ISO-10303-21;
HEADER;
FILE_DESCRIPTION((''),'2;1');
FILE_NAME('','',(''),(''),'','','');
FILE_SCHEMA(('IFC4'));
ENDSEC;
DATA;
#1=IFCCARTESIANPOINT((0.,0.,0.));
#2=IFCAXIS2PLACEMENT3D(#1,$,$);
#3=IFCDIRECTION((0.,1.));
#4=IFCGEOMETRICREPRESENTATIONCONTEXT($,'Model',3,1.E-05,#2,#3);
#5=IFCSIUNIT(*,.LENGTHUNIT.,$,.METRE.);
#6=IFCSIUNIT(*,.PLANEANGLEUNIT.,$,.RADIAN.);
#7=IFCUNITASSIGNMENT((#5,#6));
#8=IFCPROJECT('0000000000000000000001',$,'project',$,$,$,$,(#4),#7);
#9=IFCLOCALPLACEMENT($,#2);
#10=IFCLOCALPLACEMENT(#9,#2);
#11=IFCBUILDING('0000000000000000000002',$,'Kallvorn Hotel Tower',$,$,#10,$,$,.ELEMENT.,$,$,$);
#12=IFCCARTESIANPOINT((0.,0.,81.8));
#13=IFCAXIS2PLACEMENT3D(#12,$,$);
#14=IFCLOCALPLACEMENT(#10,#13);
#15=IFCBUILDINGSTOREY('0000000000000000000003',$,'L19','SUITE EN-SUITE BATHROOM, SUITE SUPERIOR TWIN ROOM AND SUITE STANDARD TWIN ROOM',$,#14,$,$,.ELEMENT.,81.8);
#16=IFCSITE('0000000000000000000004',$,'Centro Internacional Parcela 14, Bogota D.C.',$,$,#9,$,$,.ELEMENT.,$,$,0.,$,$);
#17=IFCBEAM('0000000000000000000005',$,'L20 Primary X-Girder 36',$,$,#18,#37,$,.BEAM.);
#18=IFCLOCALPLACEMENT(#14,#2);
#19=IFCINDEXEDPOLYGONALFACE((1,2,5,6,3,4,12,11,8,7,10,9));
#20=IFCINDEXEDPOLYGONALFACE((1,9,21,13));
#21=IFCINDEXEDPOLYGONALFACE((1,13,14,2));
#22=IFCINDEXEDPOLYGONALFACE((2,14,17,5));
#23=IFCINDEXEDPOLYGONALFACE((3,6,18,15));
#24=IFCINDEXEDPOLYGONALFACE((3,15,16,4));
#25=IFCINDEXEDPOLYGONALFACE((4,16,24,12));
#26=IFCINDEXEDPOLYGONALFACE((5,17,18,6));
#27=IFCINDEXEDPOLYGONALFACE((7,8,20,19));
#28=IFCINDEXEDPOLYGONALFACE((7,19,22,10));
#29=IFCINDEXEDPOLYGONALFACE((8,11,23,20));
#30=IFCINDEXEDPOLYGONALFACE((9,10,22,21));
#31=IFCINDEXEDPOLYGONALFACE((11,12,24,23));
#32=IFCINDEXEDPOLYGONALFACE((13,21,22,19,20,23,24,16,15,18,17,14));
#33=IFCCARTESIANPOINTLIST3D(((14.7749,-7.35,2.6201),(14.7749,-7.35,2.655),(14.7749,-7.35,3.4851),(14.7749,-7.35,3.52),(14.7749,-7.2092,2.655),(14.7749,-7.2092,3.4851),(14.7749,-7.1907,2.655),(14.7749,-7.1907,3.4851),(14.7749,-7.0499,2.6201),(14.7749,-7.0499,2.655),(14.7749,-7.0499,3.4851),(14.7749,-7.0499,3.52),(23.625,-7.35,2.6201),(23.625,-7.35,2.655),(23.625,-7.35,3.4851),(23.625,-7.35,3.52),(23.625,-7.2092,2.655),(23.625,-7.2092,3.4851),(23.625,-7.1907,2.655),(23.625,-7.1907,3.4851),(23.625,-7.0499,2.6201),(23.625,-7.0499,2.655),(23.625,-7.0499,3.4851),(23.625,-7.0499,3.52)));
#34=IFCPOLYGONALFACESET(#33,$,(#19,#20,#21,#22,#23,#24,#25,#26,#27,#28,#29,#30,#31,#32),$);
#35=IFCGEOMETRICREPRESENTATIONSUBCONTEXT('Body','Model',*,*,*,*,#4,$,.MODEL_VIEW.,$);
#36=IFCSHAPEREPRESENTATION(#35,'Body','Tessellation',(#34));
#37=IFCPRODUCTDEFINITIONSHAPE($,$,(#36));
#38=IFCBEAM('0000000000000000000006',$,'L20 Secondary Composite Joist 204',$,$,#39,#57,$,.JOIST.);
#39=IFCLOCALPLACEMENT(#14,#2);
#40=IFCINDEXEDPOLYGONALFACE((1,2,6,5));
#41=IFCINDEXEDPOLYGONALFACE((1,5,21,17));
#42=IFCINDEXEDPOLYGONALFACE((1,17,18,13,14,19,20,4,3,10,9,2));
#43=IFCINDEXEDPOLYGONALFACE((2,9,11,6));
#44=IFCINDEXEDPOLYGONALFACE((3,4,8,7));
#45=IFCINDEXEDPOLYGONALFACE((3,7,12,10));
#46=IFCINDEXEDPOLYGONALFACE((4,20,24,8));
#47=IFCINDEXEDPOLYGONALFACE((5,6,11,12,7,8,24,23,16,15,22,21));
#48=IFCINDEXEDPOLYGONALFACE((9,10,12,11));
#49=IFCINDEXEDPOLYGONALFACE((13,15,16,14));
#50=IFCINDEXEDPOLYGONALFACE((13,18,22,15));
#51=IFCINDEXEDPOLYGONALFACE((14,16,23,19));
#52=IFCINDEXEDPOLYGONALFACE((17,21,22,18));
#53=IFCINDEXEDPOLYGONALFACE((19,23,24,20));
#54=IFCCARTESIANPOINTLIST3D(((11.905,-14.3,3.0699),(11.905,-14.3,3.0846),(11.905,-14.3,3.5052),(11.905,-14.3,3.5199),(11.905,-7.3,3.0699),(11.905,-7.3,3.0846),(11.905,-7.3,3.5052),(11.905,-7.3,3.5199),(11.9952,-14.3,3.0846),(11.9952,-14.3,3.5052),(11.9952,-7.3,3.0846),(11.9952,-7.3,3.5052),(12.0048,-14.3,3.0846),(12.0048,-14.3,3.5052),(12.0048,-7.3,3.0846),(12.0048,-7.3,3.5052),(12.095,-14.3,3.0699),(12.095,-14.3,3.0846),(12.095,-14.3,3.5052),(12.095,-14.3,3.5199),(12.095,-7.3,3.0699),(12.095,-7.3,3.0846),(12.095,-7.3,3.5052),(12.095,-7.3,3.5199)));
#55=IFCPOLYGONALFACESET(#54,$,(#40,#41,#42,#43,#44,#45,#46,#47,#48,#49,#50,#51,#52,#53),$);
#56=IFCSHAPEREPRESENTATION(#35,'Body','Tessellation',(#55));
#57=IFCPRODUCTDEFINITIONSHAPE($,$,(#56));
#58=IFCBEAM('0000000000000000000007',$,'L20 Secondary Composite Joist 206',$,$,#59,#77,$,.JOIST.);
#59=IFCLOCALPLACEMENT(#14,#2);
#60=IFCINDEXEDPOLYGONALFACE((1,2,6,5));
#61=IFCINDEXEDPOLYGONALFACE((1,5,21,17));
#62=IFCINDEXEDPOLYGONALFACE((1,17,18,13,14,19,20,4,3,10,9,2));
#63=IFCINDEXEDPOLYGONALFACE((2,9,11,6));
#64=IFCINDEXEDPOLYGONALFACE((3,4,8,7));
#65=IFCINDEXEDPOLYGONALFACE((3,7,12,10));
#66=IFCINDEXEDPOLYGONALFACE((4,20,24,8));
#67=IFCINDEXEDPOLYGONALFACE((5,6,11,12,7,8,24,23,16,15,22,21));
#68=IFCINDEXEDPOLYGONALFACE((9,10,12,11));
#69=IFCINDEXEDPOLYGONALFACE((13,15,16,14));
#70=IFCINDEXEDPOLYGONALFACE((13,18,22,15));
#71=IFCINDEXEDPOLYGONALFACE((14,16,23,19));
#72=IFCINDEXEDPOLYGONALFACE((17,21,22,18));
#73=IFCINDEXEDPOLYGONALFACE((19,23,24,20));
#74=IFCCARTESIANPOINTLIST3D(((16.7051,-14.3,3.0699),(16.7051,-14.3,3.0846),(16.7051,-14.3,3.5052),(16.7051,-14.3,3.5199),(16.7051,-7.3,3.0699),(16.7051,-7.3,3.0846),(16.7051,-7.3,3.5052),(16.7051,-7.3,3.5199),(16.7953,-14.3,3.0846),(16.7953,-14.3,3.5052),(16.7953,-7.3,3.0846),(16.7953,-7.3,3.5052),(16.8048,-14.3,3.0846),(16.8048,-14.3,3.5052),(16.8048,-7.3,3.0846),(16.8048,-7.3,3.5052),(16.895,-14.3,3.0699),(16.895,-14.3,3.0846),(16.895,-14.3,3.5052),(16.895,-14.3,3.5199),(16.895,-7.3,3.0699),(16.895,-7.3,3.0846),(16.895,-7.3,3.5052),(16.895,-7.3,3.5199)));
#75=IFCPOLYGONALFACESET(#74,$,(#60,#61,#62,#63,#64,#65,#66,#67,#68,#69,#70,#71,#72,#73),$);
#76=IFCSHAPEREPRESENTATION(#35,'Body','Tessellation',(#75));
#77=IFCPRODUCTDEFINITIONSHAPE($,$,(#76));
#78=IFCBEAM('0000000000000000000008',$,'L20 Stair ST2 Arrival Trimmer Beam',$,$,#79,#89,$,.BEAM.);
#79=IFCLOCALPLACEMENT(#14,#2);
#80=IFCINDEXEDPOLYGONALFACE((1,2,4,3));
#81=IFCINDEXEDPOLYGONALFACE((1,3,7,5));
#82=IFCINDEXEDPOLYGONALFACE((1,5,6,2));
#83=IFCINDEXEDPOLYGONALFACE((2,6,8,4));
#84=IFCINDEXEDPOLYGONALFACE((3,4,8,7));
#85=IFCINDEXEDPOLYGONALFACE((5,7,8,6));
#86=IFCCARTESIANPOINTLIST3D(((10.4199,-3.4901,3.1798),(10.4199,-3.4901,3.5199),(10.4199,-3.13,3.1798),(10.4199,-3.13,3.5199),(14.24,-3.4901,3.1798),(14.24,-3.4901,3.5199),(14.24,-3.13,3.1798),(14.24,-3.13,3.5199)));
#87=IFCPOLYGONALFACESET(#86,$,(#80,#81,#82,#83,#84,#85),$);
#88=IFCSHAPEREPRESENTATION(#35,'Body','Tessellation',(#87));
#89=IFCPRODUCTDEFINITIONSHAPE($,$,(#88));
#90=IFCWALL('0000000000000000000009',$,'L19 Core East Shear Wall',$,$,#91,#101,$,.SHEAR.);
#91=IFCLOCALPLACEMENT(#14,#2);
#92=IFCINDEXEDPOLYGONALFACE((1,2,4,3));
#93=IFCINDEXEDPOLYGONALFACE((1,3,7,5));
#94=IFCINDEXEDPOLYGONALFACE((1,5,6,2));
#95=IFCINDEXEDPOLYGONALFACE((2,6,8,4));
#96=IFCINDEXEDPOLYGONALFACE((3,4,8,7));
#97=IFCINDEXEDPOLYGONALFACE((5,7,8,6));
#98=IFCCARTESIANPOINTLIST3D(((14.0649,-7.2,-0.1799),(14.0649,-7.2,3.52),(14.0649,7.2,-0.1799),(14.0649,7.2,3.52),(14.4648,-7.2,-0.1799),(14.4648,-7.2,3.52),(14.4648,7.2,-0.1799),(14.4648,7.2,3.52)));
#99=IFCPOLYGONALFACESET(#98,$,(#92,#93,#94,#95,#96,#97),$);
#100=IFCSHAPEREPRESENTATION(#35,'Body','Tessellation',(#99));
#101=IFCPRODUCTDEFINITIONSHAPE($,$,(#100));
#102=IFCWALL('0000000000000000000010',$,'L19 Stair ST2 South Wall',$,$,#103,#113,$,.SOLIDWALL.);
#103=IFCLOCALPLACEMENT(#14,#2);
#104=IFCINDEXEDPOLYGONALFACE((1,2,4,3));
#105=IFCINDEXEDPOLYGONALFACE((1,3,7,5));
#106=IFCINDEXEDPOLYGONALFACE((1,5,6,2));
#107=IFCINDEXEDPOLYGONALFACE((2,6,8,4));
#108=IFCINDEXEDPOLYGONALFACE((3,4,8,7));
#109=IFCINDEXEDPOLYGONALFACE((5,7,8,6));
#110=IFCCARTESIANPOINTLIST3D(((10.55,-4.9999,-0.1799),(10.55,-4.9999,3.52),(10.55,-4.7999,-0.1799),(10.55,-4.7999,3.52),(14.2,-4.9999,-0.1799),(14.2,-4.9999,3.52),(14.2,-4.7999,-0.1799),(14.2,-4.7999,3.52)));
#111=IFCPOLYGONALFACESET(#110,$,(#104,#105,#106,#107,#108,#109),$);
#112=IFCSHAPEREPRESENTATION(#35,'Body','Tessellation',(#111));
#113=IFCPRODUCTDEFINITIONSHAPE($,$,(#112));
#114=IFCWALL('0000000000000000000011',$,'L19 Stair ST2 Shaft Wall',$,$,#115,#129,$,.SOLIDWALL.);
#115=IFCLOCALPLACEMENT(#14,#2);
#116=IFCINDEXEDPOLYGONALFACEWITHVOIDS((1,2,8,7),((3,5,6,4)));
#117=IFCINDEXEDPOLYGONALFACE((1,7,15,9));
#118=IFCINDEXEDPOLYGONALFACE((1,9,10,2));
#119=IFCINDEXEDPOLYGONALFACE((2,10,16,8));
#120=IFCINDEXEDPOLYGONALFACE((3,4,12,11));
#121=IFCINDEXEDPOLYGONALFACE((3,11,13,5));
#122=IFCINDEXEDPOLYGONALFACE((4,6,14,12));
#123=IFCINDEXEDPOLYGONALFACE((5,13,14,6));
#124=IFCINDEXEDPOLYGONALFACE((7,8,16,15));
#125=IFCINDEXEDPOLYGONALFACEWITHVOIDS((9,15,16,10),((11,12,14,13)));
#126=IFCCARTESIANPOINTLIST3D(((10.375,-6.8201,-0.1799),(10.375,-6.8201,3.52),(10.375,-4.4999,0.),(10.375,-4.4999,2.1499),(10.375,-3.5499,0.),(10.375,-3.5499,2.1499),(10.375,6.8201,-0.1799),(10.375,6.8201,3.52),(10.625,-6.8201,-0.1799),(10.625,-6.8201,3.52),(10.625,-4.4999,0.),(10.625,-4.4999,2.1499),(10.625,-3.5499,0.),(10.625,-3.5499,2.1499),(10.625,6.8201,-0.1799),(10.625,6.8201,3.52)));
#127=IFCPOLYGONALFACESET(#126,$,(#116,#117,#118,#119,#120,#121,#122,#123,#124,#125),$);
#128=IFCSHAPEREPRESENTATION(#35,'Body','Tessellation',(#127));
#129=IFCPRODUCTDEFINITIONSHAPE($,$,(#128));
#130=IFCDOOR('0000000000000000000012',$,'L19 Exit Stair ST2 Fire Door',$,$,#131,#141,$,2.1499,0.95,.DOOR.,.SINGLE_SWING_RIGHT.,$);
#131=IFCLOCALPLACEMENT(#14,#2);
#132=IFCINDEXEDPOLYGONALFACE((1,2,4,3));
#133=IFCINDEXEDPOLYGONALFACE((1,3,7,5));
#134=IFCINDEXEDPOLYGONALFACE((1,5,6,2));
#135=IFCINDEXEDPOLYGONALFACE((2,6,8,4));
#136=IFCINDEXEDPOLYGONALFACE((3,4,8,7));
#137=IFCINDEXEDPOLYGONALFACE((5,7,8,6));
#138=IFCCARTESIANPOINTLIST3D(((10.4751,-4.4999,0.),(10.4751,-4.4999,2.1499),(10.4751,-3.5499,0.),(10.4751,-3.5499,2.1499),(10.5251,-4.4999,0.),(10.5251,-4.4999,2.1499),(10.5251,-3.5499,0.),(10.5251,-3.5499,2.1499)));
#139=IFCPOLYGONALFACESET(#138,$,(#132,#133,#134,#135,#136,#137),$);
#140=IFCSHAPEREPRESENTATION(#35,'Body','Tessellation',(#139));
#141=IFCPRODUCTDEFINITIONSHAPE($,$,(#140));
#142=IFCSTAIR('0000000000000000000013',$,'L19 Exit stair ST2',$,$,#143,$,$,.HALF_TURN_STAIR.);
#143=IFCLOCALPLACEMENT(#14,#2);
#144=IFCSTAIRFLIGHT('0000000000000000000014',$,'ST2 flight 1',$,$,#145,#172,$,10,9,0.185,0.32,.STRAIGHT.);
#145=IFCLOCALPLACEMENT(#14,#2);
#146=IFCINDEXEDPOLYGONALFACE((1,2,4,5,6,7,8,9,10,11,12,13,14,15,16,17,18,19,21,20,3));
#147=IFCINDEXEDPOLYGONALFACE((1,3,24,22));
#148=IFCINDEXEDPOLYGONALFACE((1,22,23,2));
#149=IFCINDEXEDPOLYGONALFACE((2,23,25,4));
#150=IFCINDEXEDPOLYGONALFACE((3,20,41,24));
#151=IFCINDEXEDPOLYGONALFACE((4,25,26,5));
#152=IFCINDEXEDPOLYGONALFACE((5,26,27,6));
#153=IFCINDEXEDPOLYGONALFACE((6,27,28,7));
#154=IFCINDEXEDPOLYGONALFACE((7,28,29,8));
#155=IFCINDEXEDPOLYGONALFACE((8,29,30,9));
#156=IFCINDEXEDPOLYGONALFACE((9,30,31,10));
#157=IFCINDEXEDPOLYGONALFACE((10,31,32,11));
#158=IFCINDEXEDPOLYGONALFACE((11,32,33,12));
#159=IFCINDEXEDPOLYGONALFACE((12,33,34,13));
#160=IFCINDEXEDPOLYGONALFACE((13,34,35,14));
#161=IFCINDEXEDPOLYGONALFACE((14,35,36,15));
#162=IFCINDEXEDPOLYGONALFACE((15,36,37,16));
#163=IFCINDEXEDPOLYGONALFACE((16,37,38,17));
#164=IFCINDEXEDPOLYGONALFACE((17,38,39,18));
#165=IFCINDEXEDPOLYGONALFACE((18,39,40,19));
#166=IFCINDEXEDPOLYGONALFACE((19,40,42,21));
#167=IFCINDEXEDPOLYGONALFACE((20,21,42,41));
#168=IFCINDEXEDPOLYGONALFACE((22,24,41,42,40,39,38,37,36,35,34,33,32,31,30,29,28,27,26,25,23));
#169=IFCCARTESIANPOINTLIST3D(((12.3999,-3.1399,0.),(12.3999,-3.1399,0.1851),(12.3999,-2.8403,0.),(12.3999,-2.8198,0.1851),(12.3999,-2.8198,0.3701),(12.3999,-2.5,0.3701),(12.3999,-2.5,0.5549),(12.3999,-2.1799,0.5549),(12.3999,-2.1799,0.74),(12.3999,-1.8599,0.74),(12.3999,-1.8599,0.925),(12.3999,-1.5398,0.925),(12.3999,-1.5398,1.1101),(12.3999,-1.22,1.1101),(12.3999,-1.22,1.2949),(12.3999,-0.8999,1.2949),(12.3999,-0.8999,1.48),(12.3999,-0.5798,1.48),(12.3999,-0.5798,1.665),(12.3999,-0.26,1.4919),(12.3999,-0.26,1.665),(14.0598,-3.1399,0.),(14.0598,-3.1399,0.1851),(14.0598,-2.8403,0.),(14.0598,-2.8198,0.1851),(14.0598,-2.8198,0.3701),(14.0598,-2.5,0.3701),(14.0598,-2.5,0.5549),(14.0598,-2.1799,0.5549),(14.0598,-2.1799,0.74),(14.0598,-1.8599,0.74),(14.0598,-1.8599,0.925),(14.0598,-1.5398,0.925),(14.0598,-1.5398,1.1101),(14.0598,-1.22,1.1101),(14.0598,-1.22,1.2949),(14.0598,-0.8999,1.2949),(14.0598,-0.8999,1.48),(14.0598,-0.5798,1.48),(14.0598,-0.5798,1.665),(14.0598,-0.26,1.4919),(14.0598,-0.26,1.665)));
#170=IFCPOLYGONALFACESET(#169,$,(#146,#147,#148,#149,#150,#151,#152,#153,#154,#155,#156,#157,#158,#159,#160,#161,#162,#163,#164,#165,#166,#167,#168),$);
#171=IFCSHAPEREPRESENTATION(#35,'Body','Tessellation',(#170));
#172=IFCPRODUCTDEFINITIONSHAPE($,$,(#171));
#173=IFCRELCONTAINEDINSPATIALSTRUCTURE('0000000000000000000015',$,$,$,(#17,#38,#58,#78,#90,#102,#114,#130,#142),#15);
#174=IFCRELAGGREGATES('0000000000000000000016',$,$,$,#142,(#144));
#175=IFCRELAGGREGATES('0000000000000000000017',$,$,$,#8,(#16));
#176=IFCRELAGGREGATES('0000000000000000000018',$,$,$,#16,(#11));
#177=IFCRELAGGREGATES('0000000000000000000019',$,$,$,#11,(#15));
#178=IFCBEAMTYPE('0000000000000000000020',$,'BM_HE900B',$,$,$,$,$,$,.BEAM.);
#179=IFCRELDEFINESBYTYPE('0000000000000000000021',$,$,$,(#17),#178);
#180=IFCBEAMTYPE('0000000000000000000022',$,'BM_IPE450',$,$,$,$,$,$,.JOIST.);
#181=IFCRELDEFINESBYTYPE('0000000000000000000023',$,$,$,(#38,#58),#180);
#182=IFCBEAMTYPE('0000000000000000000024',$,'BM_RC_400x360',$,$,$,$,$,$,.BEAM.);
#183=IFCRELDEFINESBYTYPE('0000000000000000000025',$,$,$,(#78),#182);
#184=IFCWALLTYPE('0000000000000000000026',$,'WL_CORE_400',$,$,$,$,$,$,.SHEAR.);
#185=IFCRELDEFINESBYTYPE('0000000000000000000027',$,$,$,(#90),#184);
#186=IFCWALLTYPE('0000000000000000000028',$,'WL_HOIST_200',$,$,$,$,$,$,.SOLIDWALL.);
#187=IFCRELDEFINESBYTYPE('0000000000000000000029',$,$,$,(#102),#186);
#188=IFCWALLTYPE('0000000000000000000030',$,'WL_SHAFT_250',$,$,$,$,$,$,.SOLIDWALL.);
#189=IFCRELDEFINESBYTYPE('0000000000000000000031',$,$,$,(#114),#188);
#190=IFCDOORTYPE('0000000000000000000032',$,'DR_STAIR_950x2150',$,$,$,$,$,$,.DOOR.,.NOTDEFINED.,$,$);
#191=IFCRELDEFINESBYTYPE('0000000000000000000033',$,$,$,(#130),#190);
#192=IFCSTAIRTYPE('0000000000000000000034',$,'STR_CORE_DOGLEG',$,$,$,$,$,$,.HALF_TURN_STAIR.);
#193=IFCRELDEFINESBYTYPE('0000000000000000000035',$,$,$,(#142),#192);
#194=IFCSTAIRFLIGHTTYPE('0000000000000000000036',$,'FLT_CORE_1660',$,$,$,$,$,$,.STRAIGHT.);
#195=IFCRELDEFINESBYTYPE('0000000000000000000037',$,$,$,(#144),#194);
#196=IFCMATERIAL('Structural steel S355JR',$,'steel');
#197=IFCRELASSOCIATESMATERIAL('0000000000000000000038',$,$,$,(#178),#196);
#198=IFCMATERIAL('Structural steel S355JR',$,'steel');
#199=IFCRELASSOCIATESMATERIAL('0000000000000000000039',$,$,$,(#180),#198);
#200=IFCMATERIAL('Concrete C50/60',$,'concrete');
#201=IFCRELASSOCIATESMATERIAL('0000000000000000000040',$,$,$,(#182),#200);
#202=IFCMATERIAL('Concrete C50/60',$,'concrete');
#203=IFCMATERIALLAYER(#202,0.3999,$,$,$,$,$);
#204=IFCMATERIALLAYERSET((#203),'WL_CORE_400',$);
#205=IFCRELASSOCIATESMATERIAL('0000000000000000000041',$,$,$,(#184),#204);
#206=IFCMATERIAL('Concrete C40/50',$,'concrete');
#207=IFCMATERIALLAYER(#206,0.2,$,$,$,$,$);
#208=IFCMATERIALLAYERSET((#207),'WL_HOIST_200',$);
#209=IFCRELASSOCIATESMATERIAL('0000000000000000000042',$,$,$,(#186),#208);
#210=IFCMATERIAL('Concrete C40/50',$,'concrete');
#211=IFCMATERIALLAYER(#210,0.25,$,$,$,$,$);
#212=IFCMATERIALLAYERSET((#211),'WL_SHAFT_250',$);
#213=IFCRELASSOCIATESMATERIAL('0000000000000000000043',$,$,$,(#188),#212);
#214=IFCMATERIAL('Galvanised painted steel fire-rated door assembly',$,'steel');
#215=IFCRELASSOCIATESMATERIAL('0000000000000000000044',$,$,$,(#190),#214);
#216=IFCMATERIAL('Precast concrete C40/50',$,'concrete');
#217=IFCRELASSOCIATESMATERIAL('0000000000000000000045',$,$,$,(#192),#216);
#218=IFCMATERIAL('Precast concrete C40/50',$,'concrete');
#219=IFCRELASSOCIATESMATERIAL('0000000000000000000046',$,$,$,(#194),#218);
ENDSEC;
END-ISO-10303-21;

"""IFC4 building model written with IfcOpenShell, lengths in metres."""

from ifc_helpers import new_model, si_unit, direction, frame, frame_2d, origin, origin_2d, place, context, subcontext, project, spatial, polyline, rectangle, i_section, outline, extrude, material, layer, layer_set, material_profile, profile_set, type_object, element, fill, aggregate, save


model = new_model("IFC4")

# Units and contexts
model_context = context("Model", 3, precision=1e-05, world=origin(), true_north=direction((0.0, 1.0)))
body_context = subcontext(model_context, "Body", "Model", "MODEL_VIEW")
ifc_project = project(units=[si_unit("LENGTHUNIT", "METRE"), si_unit("PLANEANGLEUNIT", "RADIAN")], contexts=[model_context])

# Site, building, storey
site_placement = place(None, origin())
site = spatial("IfcSite", under=ifc_project, at=site_placement, Name="Centro Internacional Parcela 14, Bogota D.C.", CompositionType="ELEMENT", RefElevation=0.0)
building_placement = place(site_placement, origin())
building = spatial("IfcBuilding", under=site, at=building_placement, Name="Kallvorn Hotel Tower", CompositionType="ELEMENT")
storey_placement = place(building_placement, frame((0.0, 0.0, 81.8)))
storey = spatial("IfcBuildingStorey", under=building, at=storey_placement, Name="L19", Description="SUITE EN-SUITE BATHROOM, SUITE SUPERIOR TWIN ROOM AND SUITE STANDARD TWIN ROOM", CompositionType="ELEMENT", Elevation=81.8)

# Beams
ifc_material_1 = material(Name="Structural steel S355JR", Category="steel")
ifc_material_profile_1 = material_profile(ifc_material_1, i_section(OverallWidth=0.3, OverallDepth=0.8999, WebThickness=0.0186, FlangeThickness=0.0349, at=origin_2d()), Name="HE 900 B")
ifc_profile_set_1 = profile_set([ifc_material_profile_1], Name="Structural steel S355JR")
beam_type_1 = type_object("IfcBeamType", Name="BM_HE900B", PredefinedType="BEAM", material=ifc_profile_set_1)
beam_1_placement = place(storey_placement, frame((14.7749, -7.2, 3.0701), z_axis=(1.0, 0.0, 0.0), x_axis=(0.0, 1.0, 0.0)))
element("IfcBeam", 1, at=beam_1_placement, inside=storey, type_object=beam_type_1, Name="L20 Primary X-Girder 36", PredefinedType="BEAM", context=body_context, shape_type="SweptSolid", body=[
    extrude(i_section(OverallWidth=0.3, OverallDepth=0.8999, WebThickness=0.0186, FlangeThickness=0.0349, at=origin_2d()), origin(), (0.0, 0.0, 1.0), 8.8501),
])
ifc_material_2 = material(Name="Structural steel S355JR", Category="steel")
ifc_material_profile_2 = material_profile(ifc_material_2, i_section(OverallWidth=0.1899, OverallDepth=0.45, WebThickness=0.0095, FlangeThickness=0.0146, at=origin_2d()), Name="IPE 450")
ifc_profile_set_2 = profile_set([ifc_material_profile_2], Name="Structural steel S355JR")
beam_type_2 = type_object("IfcBeamType", Name="BM_IPE450", PredefinedType="JOIST", material=ifc_profile_set_2)
for number, where, z_axis, x_axis, name in (
    (2, (12.0, -14.3, 3.2949), (0.0, 1.0, 0.0), (-1.0, 0.0, 0.0), "L20 Secondary Composite Joist 204"),
    (3, (16.8, -14.3, 3.2949), (0.0, 1.0, 0.0), (-1.0, 0.0, 0.0), "L20 Secondary Composite Joist 206"),
):
    element("IfcBeam", number, at=place(storey_placement, frame(where, z_axis=z_axis, x_axis=x_axis)), inside=storey, type_object=beam_type_2, Name=name, PredefinedType="JOIST", context=body_context, shape_type="SweptSolid", body=[
        extrude(i_section(OverallWidth=0.1899, OverallDepth=0.45, WebThickness=0.0095, FlangeThickness=0.0146, at=origin_2d()), origin(), (0.0, 0.0, 1.0), 7.0),
    ])
ifc_material_3 = material(Name="Concrete C50/60", Category="concrete")
ifc_material_profile_3 = material_profile(ifc_material_3, rectangle(XDim=0.3601, YDim=0.3401, at=origin_2d()), Name="RC 360x340")
ifc_profile_set_3 = profile_set([ifc_material_profile_3], Name="Concrete C50/60")
beam_type_3 = type_object("IfcBeamType", Name="BM_RC_400x360", PredefinedType="BEAM", material=ifc_profile_set_3)
beam_2_placement = place(storey_placement, frame((14.24, -3.3101, 3.3499), z_axis=(-1.0, 0.0, 0.0), x_axis=(0.0, -1.0, 0.0)))
element("IfcBeam", 4, at=beam_2_placement, inside=storey, type_object=beam_type_3, Name="L20 Stair ST2 Arrival Trimmer Beam", PredefinedType="BEAM", context=body_context, shape_type="SweptSolid", body=[
    extrude(rectangle(XDim=0.3601, YDim=0.3401, at=origin_2d()), origin(), (0.0, 0.0, 1.0), 3.8201),
])

# Walls
ifc_material_4 = material(Name="Concrete C50/60", Category="concrete")
ifc_layer_1 = layer(ifc_material_4, 0.3999)
ifc_layer_set_1 = layer_set([ifc_layer_1], Name="WL_CORE_400")
wall_type_1 = type_object("IfcWallType", Name="WL_CORE_400", PredefinedType="SHEAR", material=ifc_layer_set_1)
wall_1_placement = place(storey_placement, frame((14.2649, -7.2, -0.1799), z_axis=(0.0, 0.0, 1.0), x_axis=(0.0, 1.0, 0.0)))
element("IfcWall", 5, at=wall_1_placement, inside=storey, type_object=wall_type_1, Name="L19 Core East Shear Wall", PredefinedType="SHEAR", context=body_context, shape_type="SweptSolid", body=[
    extrude(rectangle(XDim=14.3999, YDim=0.3999, at=frame_2d((7.2, 0.0))), origin(), (0.0, 0.0, 1.0), 3.7),
])
ifc_material_5 = material(Name="Concrete C40/50", Category="concrete")
ifc_layer_2 = layer(ifc_material_5, 0.2)
ifc_layer_set_2 = layer_set([ifc_layer_2], Name="WL_HOIST_200")
wall_type_2 = type_object("IfcWallType", Name="WL_HOIST_200", PredefinedType="SOLIDWALL", material=ifc_layer_set_2)
wall_2_placement = place(storey_placement, frame((10.55, -4.8999, -0.1799), z_axis=(0.0, 0.0, 1.0), x_axis=(1.0, 0.0, 0.0)))
element("IfcWall", 6, at=wall_2_placement, inside=storey, type_object=wall_type_2, Name="L19 Stair ST2 South Wall", PredefinedType="SOLIDWALL", context=body_context, shape_type="SweptSolid", body=[
    extrude(rectangle(XDim=3.6499, YDim=0.2, at=frame_2d((1.825, 0.0))), origin(), (0.0, 0.0, 1.0), 3.7),
])

# Wall, opening, door
ifc_material_6 = material(Name="Concrete C40/50", Category="concrete")
ifc_layer_3 = layer(ifc_material_6, 0.25)
ifc_layer_set_3 = layer_set([ifc_layer_3], Name="WL_SHAFT_250")
wall_type_3 = type_object("IfcWallType", Name="WL_SHAFT_250", PredefinedType="SOLIDWALL", material=ifc_layer_set_3)
wall_3_placement = place(storey_placement, frame((10.5, -6.8201, -0.1799), z_axis=(0.0, 0.0, 1.0), x_axis=(0.0, 1.0, 0.0)))
wall_3 = element("IfcWall", 7, at=wall_3_placement, inside=storey, type_object=wall_type_3, Name="L19 Stair ST2 Shaft Wall", PredefinedType="SOLIDWALL", context=body_context, shape_type="SweptSolid", body=[
    extrude(rectangle(XDim=13.6401, YDim=0.25, at=frame_2d((6.8201, 0.0))), origin(), (0.0, 0.0, 1.0), 3.7),
])
opening_placement = place(wall_3_placement, frame((2.3201, 0.0, 0.1799)))
opening = element("IfcOpeningElement", 8, at=opening_placement, cuts=wall_3, PredefinedType="OPENING", context=body_context, shape_type="SweptSolid", body=[
    extrude(rectangle(XDim=0.95, YDim=2.1499, at=frame_2d((0.4751, 1.075))), frame((0.0, 0.1399, 0.0), z_axis=(0.0, -1.0, 0.0), x_axis=(1.0, 0.0, 0.0)), (0.0, 0.0, 1.0), 0.28),
])
ifc_material_7 = material(Name="Galvanised painted steel fire-rated door assembly", Category="steel")
door_type = type_object("IfcDoorType", Name="DR_STAIR_950x2150", OperationType="NOTDEFINED", PredefinedType="DOOR", material=ifc_material_7)
door_placement = place(opening_placement, origin())
door = element("IfcDoor", 9, at=door_placement, inside=storey, type_object=door_type, Name="L19 Exit Stair ST2 Fire Door", OperationType="SINGLE_SWING_RIGHT", OverallHeight=2.1499, OverallWidth=0.95, PredefinedType="DOOR", context=body_context, shape_type="SweptSolid", body=[
    extrude(rectangle(XDim=0.95, YDim=2.1499, at=frame_2d((0.4751, 1.075))), frame((0.0, 0.0249, 0.0), z_axis=(0.0, -1.0, 0.0), x_axis=(1.0, 0.0, 0.0)), (0.0, 0.0, 1.0), 0.05),
])
fill(opening, door)

# Stair, stair flight
ifc_material_8 = material(Name="Precast concrete C40/50", Category="concrete")
stair_type = type_object("IfcStairType", Name="STR_CORE_DOGLEG", PredefinedType="HALF_TURN_STAIR", material=ifc_material_8)
stair_placement = place(storey_placement, origin())
stair = element("IfcStair", 10, at=stair_placement, inside=storey, type_object=stair_type, Name="L19 Exit stair ST2", PredefinedType="HALF_TURN_STAIR")
ifc_material_9 = material(Name="Precast concrete C40/50", Category="concrete")
stair_flight_type = type_object("IfcStairFlightType", Name="FLT_CORE_1660", PredefinedType="STRAIGHT", material=ifc_material_9)
stair_flight_placement = place(storey_placement, frame((13.23, -3.1399, 0.0), z_axis=(0.0, 0.0, 1.0), x_axis=(0.0, 1.0, 0.0)))
stair_flight = element("IfcStairFlight", 11, at=stair_flight_placement, type_object=stair_flight_type, Name="ST2 flight 1", NumberOfRisers=10, NumberOfTreads=9, PredefinedType="STRAIGHT", RiserHeight=0.185, TreadLength=0.32, context=body_context, shape_type="SweptSolid", body=[
    extrude(outline(polyline([(0.0, 0.0), (0.0, 0.1851), (0.3201, 0.1851), (0.3201, 0.3701), (0.6399, 0.3701), (0.6399, 0.5549), (0.96, 0.5549), (0.96, 0.74), (1.28, 0.74), (1.28, 0.925), (1.6001, 0.925), (1.6001, 1.1101), (1.9199, 1.1101), (1.9199, 1.2949), (2.24, 1.2949), (2.24, 1.48), (2.5601, 1.48), (2.5601, 1.665), (2.8799, 1.665), (2.8799, 1.8501), (2.8799, 1.4919), (0.2996, 0.0), (0.0, 0.0)])), frame((0.0, 0.8301, 0.0), z_axis=(0.0, -1.0, 0.0), x_axis=(1.0, 0.0, 0.0)), (0.0, 0.0, 1.0), 1.6599),
])
aggregate(stair, [stair_flight])

save(model, "model.ifc")
